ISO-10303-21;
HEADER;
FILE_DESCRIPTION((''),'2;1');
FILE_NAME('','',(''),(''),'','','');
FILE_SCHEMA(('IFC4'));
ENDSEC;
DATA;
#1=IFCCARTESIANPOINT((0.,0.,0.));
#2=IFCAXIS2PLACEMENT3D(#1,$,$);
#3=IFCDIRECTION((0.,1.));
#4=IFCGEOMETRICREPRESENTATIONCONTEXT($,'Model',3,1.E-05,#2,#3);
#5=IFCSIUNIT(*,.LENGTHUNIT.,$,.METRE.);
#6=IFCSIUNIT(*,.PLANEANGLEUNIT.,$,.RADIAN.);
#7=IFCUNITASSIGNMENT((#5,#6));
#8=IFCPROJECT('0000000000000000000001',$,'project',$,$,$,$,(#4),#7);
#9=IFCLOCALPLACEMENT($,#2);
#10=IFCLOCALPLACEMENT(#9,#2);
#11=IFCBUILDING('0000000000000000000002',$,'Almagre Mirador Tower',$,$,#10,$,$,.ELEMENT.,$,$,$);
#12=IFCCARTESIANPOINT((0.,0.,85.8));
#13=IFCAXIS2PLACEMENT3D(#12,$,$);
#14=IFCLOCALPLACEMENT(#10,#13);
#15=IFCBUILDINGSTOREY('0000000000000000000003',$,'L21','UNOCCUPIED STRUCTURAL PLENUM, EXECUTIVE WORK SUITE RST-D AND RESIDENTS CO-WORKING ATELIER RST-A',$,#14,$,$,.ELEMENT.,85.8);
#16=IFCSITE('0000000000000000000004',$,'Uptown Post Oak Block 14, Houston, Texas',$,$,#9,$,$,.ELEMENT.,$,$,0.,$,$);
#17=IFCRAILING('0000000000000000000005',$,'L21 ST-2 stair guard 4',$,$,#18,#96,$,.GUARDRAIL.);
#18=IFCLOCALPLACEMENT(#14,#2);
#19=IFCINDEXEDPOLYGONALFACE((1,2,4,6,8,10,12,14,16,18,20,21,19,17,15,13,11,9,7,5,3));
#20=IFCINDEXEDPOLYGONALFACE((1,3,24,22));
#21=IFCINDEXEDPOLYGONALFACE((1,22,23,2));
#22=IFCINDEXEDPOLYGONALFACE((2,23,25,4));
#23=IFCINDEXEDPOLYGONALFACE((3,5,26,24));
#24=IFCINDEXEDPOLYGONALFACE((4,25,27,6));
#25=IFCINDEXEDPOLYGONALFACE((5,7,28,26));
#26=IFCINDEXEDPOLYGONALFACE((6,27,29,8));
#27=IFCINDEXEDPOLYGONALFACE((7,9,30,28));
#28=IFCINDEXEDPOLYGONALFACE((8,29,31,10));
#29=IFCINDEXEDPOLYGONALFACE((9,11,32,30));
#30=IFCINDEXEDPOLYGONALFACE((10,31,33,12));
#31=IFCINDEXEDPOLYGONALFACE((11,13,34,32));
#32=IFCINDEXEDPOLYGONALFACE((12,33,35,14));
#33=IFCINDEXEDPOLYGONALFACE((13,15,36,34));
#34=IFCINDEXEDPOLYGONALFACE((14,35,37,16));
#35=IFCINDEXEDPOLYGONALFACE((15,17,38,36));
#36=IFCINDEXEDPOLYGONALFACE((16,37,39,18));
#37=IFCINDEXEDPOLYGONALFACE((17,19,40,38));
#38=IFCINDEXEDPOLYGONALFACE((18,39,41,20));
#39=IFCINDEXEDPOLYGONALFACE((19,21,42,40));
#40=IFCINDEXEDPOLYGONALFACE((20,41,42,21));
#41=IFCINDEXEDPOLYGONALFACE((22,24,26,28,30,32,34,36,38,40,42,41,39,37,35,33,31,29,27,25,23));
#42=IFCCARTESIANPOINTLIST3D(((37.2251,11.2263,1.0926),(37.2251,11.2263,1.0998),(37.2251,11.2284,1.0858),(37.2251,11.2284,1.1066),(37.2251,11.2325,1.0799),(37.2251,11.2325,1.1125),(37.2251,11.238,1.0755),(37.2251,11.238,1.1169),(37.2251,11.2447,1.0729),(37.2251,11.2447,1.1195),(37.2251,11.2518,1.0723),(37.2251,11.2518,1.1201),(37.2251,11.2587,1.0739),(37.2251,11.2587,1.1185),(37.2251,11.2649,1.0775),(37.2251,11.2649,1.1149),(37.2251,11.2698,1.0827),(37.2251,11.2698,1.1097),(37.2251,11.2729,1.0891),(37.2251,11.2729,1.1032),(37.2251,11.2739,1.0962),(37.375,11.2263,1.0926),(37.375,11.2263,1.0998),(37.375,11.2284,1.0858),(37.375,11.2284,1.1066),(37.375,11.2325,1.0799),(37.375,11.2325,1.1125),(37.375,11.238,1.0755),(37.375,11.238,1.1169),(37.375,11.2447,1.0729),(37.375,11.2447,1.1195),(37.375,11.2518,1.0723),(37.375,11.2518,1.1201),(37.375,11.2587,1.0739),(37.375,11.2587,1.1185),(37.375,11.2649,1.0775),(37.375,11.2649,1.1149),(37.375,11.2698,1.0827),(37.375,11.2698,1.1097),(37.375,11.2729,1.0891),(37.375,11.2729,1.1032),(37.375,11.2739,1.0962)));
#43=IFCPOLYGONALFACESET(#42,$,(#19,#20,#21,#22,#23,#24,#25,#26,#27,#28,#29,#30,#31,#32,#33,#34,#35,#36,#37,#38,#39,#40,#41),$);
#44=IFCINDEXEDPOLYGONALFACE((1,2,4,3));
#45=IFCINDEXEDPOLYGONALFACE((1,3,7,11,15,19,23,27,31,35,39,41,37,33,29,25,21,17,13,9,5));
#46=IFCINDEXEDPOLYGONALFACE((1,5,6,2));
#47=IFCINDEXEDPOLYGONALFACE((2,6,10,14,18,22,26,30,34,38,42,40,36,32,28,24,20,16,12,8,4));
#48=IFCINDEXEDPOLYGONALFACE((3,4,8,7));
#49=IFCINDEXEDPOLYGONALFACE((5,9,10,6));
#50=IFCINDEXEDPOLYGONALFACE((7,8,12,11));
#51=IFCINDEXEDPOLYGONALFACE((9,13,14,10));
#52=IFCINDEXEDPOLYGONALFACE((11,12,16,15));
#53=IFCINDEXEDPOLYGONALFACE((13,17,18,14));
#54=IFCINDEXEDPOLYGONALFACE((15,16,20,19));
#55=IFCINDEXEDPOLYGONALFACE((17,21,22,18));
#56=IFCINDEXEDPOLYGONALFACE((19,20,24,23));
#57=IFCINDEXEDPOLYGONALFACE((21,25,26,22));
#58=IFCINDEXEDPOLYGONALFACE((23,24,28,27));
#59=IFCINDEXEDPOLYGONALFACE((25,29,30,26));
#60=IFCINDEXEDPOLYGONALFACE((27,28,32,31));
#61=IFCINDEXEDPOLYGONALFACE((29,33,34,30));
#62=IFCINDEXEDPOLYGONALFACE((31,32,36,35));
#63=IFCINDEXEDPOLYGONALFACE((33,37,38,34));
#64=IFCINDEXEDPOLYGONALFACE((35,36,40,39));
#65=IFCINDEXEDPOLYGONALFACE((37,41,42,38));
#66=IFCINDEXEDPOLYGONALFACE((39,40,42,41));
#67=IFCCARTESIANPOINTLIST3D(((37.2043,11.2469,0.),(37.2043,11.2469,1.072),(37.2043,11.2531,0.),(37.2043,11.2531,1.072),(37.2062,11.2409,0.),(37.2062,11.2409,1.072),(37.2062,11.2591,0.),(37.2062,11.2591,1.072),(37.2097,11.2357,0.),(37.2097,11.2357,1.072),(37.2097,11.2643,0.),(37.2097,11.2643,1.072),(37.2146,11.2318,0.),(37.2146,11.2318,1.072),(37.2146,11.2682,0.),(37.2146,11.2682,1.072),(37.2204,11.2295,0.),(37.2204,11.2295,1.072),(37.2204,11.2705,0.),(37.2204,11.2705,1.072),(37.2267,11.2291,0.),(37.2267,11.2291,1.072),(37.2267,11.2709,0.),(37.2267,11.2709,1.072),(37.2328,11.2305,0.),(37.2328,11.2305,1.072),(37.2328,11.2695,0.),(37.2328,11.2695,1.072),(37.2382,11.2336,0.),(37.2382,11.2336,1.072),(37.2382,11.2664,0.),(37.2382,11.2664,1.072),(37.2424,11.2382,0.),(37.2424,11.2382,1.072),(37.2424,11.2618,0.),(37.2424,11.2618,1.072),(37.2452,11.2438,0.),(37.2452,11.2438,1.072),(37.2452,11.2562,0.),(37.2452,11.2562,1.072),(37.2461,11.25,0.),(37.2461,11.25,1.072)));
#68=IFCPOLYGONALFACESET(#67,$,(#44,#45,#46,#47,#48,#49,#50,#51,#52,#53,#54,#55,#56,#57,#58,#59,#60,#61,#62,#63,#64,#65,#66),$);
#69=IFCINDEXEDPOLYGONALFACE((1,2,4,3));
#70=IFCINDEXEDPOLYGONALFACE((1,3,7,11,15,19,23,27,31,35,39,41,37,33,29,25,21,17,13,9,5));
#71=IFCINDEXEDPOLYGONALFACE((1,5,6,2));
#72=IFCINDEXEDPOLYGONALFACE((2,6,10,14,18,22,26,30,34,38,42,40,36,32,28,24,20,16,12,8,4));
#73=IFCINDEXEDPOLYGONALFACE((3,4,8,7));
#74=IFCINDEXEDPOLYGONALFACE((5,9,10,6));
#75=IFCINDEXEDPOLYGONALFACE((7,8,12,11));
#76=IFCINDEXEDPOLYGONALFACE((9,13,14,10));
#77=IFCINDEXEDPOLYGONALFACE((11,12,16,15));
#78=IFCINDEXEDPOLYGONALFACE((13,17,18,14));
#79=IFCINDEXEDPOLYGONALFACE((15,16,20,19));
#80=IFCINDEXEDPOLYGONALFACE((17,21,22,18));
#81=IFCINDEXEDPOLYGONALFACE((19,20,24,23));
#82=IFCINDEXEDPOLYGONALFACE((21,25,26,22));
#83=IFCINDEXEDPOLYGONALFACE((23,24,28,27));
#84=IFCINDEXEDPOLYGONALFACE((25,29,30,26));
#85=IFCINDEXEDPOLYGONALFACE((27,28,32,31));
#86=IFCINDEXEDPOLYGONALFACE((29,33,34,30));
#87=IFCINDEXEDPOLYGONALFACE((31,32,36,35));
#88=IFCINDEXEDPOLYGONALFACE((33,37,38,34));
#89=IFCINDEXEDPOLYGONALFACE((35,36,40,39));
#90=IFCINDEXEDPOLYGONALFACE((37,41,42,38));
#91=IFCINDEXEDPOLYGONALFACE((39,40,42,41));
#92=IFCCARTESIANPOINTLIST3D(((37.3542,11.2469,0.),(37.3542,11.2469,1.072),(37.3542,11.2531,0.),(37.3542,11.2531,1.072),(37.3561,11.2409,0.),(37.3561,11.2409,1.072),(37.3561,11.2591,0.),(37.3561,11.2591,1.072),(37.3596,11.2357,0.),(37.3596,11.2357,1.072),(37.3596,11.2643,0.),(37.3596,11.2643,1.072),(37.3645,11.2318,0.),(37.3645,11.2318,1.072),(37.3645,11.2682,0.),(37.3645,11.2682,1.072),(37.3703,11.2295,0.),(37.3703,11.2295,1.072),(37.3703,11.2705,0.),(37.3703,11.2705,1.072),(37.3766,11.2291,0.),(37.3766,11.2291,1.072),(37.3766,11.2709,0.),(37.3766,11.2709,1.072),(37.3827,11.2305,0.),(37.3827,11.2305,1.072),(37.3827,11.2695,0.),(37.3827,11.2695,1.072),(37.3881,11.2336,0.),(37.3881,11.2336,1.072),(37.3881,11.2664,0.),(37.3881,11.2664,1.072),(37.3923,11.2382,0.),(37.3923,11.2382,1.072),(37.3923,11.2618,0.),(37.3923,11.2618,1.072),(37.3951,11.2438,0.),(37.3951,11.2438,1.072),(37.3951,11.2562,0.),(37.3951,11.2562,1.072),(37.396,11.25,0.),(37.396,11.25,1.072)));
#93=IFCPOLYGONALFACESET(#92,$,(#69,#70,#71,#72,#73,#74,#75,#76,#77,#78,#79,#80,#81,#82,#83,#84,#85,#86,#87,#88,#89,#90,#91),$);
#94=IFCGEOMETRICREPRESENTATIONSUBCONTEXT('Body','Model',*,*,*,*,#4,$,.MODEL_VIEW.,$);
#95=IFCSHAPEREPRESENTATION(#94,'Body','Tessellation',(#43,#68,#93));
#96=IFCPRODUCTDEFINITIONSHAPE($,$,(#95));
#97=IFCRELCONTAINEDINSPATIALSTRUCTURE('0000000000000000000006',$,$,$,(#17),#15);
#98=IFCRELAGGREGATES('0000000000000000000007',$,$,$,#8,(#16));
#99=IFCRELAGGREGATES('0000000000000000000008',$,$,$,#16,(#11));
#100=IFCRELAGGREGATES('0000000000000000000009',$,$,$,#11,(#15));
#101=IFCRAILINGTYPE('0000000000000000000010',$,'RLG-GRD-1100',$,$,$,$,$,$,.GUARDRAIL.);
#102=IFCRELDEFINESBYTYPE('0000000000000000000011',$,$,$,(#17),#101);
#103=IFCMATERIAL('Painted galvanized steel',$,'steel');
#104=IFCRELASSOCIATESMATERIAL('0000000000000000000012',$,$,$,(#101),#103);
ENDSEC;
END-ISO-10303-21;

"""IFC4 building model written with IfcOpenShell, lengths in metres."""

from ifc_helpers import new_model, si_unit, direction, frame, origin, origin_2d, place, context, subcontext, project, spatial, circle, extrude, material, type_object, element, save


model = new_model("IFC4")

# Units and contexts
model_context = context("Model", 3, precision=1e-05, world=origin(), true_north=direction((0.0, 1.0)))
body_context = subcontext(model_context, "Body", "Model", "MODEL_VIEW")
ifc_project = project(units=[si_unit("LENGTHUNIT", "METRE"), si_unit("PLANEANGLEUNIT", "RADIAN")], contexts=[model_context])

# Site, building, storey
site_placement = place(None, origin())
site = spatial("IfcSite", under=ifc_project, at=site_placement, Name="Uptown Post Oak Block 14, Houston, Texas", CompositionType="ELEMENT", RefElevation=0.0)
building_placement = place(site_placement, origin())
building = spatial("IfcBuilding", under=site, at=building_placement, Name="Almagre Mirador Tower", CompositionType="ELEMENT")
storey_placement = place(building_placement, frame((0.0, 0.0, 85.8)))
storey = spatial("IfcBuildingStorey", under=building, at=storey_placement, Name="L21", Description="UNOCCUPIED STRUCTURAL PLENUM, EXECUTIVE WORK SUITE RST-D AND RESIDENTS CO-WORKING ATELIER RST-A", CompositionType="ELEMENT", Elevation=85.8)

# Railing
ifc_material_1 = material(Name="Painted galvanized steel", Category="steel")
railing_type_1 = type_object("IfcRailingType", Name="RLG-GRD-1100", PredefinedType="GUARDRAIL", material=ifc_material_1)
railing_1_placement = place(storey_placement, frame((37.2251, 11.25, 0.0)))
element("IfcRailing", 1, at=railing_1_placement, inside=storey, type_object=railing_type_1, Name="L21 ST-2 stair guard 4", PredefinedType="GUARDRAIL", context=body_context, shape_type="SweptSolid", body=[
    extrude(circle(Radius=0.0239, at=origin_2d()), frame((0.0, 0.0, 1.0962), z_axis=(1.0, 0.0, 0.0), x_axis=(0.0, 1.0, 0.0)), (0.0, 0.0, 1.0), 0.1499),
    extrude(circle(Radius=0.021, at=origin_2d()), origin(), (0.0, 0.0, 1.0), 1.072),
    extrude(circle(Radius=0.021, at=origin_2d()), frame((0.1499, 0.0, 0.0)), (0.0, 0.0, 1.0), 1.072),
])

save(model, "model.ifc")
